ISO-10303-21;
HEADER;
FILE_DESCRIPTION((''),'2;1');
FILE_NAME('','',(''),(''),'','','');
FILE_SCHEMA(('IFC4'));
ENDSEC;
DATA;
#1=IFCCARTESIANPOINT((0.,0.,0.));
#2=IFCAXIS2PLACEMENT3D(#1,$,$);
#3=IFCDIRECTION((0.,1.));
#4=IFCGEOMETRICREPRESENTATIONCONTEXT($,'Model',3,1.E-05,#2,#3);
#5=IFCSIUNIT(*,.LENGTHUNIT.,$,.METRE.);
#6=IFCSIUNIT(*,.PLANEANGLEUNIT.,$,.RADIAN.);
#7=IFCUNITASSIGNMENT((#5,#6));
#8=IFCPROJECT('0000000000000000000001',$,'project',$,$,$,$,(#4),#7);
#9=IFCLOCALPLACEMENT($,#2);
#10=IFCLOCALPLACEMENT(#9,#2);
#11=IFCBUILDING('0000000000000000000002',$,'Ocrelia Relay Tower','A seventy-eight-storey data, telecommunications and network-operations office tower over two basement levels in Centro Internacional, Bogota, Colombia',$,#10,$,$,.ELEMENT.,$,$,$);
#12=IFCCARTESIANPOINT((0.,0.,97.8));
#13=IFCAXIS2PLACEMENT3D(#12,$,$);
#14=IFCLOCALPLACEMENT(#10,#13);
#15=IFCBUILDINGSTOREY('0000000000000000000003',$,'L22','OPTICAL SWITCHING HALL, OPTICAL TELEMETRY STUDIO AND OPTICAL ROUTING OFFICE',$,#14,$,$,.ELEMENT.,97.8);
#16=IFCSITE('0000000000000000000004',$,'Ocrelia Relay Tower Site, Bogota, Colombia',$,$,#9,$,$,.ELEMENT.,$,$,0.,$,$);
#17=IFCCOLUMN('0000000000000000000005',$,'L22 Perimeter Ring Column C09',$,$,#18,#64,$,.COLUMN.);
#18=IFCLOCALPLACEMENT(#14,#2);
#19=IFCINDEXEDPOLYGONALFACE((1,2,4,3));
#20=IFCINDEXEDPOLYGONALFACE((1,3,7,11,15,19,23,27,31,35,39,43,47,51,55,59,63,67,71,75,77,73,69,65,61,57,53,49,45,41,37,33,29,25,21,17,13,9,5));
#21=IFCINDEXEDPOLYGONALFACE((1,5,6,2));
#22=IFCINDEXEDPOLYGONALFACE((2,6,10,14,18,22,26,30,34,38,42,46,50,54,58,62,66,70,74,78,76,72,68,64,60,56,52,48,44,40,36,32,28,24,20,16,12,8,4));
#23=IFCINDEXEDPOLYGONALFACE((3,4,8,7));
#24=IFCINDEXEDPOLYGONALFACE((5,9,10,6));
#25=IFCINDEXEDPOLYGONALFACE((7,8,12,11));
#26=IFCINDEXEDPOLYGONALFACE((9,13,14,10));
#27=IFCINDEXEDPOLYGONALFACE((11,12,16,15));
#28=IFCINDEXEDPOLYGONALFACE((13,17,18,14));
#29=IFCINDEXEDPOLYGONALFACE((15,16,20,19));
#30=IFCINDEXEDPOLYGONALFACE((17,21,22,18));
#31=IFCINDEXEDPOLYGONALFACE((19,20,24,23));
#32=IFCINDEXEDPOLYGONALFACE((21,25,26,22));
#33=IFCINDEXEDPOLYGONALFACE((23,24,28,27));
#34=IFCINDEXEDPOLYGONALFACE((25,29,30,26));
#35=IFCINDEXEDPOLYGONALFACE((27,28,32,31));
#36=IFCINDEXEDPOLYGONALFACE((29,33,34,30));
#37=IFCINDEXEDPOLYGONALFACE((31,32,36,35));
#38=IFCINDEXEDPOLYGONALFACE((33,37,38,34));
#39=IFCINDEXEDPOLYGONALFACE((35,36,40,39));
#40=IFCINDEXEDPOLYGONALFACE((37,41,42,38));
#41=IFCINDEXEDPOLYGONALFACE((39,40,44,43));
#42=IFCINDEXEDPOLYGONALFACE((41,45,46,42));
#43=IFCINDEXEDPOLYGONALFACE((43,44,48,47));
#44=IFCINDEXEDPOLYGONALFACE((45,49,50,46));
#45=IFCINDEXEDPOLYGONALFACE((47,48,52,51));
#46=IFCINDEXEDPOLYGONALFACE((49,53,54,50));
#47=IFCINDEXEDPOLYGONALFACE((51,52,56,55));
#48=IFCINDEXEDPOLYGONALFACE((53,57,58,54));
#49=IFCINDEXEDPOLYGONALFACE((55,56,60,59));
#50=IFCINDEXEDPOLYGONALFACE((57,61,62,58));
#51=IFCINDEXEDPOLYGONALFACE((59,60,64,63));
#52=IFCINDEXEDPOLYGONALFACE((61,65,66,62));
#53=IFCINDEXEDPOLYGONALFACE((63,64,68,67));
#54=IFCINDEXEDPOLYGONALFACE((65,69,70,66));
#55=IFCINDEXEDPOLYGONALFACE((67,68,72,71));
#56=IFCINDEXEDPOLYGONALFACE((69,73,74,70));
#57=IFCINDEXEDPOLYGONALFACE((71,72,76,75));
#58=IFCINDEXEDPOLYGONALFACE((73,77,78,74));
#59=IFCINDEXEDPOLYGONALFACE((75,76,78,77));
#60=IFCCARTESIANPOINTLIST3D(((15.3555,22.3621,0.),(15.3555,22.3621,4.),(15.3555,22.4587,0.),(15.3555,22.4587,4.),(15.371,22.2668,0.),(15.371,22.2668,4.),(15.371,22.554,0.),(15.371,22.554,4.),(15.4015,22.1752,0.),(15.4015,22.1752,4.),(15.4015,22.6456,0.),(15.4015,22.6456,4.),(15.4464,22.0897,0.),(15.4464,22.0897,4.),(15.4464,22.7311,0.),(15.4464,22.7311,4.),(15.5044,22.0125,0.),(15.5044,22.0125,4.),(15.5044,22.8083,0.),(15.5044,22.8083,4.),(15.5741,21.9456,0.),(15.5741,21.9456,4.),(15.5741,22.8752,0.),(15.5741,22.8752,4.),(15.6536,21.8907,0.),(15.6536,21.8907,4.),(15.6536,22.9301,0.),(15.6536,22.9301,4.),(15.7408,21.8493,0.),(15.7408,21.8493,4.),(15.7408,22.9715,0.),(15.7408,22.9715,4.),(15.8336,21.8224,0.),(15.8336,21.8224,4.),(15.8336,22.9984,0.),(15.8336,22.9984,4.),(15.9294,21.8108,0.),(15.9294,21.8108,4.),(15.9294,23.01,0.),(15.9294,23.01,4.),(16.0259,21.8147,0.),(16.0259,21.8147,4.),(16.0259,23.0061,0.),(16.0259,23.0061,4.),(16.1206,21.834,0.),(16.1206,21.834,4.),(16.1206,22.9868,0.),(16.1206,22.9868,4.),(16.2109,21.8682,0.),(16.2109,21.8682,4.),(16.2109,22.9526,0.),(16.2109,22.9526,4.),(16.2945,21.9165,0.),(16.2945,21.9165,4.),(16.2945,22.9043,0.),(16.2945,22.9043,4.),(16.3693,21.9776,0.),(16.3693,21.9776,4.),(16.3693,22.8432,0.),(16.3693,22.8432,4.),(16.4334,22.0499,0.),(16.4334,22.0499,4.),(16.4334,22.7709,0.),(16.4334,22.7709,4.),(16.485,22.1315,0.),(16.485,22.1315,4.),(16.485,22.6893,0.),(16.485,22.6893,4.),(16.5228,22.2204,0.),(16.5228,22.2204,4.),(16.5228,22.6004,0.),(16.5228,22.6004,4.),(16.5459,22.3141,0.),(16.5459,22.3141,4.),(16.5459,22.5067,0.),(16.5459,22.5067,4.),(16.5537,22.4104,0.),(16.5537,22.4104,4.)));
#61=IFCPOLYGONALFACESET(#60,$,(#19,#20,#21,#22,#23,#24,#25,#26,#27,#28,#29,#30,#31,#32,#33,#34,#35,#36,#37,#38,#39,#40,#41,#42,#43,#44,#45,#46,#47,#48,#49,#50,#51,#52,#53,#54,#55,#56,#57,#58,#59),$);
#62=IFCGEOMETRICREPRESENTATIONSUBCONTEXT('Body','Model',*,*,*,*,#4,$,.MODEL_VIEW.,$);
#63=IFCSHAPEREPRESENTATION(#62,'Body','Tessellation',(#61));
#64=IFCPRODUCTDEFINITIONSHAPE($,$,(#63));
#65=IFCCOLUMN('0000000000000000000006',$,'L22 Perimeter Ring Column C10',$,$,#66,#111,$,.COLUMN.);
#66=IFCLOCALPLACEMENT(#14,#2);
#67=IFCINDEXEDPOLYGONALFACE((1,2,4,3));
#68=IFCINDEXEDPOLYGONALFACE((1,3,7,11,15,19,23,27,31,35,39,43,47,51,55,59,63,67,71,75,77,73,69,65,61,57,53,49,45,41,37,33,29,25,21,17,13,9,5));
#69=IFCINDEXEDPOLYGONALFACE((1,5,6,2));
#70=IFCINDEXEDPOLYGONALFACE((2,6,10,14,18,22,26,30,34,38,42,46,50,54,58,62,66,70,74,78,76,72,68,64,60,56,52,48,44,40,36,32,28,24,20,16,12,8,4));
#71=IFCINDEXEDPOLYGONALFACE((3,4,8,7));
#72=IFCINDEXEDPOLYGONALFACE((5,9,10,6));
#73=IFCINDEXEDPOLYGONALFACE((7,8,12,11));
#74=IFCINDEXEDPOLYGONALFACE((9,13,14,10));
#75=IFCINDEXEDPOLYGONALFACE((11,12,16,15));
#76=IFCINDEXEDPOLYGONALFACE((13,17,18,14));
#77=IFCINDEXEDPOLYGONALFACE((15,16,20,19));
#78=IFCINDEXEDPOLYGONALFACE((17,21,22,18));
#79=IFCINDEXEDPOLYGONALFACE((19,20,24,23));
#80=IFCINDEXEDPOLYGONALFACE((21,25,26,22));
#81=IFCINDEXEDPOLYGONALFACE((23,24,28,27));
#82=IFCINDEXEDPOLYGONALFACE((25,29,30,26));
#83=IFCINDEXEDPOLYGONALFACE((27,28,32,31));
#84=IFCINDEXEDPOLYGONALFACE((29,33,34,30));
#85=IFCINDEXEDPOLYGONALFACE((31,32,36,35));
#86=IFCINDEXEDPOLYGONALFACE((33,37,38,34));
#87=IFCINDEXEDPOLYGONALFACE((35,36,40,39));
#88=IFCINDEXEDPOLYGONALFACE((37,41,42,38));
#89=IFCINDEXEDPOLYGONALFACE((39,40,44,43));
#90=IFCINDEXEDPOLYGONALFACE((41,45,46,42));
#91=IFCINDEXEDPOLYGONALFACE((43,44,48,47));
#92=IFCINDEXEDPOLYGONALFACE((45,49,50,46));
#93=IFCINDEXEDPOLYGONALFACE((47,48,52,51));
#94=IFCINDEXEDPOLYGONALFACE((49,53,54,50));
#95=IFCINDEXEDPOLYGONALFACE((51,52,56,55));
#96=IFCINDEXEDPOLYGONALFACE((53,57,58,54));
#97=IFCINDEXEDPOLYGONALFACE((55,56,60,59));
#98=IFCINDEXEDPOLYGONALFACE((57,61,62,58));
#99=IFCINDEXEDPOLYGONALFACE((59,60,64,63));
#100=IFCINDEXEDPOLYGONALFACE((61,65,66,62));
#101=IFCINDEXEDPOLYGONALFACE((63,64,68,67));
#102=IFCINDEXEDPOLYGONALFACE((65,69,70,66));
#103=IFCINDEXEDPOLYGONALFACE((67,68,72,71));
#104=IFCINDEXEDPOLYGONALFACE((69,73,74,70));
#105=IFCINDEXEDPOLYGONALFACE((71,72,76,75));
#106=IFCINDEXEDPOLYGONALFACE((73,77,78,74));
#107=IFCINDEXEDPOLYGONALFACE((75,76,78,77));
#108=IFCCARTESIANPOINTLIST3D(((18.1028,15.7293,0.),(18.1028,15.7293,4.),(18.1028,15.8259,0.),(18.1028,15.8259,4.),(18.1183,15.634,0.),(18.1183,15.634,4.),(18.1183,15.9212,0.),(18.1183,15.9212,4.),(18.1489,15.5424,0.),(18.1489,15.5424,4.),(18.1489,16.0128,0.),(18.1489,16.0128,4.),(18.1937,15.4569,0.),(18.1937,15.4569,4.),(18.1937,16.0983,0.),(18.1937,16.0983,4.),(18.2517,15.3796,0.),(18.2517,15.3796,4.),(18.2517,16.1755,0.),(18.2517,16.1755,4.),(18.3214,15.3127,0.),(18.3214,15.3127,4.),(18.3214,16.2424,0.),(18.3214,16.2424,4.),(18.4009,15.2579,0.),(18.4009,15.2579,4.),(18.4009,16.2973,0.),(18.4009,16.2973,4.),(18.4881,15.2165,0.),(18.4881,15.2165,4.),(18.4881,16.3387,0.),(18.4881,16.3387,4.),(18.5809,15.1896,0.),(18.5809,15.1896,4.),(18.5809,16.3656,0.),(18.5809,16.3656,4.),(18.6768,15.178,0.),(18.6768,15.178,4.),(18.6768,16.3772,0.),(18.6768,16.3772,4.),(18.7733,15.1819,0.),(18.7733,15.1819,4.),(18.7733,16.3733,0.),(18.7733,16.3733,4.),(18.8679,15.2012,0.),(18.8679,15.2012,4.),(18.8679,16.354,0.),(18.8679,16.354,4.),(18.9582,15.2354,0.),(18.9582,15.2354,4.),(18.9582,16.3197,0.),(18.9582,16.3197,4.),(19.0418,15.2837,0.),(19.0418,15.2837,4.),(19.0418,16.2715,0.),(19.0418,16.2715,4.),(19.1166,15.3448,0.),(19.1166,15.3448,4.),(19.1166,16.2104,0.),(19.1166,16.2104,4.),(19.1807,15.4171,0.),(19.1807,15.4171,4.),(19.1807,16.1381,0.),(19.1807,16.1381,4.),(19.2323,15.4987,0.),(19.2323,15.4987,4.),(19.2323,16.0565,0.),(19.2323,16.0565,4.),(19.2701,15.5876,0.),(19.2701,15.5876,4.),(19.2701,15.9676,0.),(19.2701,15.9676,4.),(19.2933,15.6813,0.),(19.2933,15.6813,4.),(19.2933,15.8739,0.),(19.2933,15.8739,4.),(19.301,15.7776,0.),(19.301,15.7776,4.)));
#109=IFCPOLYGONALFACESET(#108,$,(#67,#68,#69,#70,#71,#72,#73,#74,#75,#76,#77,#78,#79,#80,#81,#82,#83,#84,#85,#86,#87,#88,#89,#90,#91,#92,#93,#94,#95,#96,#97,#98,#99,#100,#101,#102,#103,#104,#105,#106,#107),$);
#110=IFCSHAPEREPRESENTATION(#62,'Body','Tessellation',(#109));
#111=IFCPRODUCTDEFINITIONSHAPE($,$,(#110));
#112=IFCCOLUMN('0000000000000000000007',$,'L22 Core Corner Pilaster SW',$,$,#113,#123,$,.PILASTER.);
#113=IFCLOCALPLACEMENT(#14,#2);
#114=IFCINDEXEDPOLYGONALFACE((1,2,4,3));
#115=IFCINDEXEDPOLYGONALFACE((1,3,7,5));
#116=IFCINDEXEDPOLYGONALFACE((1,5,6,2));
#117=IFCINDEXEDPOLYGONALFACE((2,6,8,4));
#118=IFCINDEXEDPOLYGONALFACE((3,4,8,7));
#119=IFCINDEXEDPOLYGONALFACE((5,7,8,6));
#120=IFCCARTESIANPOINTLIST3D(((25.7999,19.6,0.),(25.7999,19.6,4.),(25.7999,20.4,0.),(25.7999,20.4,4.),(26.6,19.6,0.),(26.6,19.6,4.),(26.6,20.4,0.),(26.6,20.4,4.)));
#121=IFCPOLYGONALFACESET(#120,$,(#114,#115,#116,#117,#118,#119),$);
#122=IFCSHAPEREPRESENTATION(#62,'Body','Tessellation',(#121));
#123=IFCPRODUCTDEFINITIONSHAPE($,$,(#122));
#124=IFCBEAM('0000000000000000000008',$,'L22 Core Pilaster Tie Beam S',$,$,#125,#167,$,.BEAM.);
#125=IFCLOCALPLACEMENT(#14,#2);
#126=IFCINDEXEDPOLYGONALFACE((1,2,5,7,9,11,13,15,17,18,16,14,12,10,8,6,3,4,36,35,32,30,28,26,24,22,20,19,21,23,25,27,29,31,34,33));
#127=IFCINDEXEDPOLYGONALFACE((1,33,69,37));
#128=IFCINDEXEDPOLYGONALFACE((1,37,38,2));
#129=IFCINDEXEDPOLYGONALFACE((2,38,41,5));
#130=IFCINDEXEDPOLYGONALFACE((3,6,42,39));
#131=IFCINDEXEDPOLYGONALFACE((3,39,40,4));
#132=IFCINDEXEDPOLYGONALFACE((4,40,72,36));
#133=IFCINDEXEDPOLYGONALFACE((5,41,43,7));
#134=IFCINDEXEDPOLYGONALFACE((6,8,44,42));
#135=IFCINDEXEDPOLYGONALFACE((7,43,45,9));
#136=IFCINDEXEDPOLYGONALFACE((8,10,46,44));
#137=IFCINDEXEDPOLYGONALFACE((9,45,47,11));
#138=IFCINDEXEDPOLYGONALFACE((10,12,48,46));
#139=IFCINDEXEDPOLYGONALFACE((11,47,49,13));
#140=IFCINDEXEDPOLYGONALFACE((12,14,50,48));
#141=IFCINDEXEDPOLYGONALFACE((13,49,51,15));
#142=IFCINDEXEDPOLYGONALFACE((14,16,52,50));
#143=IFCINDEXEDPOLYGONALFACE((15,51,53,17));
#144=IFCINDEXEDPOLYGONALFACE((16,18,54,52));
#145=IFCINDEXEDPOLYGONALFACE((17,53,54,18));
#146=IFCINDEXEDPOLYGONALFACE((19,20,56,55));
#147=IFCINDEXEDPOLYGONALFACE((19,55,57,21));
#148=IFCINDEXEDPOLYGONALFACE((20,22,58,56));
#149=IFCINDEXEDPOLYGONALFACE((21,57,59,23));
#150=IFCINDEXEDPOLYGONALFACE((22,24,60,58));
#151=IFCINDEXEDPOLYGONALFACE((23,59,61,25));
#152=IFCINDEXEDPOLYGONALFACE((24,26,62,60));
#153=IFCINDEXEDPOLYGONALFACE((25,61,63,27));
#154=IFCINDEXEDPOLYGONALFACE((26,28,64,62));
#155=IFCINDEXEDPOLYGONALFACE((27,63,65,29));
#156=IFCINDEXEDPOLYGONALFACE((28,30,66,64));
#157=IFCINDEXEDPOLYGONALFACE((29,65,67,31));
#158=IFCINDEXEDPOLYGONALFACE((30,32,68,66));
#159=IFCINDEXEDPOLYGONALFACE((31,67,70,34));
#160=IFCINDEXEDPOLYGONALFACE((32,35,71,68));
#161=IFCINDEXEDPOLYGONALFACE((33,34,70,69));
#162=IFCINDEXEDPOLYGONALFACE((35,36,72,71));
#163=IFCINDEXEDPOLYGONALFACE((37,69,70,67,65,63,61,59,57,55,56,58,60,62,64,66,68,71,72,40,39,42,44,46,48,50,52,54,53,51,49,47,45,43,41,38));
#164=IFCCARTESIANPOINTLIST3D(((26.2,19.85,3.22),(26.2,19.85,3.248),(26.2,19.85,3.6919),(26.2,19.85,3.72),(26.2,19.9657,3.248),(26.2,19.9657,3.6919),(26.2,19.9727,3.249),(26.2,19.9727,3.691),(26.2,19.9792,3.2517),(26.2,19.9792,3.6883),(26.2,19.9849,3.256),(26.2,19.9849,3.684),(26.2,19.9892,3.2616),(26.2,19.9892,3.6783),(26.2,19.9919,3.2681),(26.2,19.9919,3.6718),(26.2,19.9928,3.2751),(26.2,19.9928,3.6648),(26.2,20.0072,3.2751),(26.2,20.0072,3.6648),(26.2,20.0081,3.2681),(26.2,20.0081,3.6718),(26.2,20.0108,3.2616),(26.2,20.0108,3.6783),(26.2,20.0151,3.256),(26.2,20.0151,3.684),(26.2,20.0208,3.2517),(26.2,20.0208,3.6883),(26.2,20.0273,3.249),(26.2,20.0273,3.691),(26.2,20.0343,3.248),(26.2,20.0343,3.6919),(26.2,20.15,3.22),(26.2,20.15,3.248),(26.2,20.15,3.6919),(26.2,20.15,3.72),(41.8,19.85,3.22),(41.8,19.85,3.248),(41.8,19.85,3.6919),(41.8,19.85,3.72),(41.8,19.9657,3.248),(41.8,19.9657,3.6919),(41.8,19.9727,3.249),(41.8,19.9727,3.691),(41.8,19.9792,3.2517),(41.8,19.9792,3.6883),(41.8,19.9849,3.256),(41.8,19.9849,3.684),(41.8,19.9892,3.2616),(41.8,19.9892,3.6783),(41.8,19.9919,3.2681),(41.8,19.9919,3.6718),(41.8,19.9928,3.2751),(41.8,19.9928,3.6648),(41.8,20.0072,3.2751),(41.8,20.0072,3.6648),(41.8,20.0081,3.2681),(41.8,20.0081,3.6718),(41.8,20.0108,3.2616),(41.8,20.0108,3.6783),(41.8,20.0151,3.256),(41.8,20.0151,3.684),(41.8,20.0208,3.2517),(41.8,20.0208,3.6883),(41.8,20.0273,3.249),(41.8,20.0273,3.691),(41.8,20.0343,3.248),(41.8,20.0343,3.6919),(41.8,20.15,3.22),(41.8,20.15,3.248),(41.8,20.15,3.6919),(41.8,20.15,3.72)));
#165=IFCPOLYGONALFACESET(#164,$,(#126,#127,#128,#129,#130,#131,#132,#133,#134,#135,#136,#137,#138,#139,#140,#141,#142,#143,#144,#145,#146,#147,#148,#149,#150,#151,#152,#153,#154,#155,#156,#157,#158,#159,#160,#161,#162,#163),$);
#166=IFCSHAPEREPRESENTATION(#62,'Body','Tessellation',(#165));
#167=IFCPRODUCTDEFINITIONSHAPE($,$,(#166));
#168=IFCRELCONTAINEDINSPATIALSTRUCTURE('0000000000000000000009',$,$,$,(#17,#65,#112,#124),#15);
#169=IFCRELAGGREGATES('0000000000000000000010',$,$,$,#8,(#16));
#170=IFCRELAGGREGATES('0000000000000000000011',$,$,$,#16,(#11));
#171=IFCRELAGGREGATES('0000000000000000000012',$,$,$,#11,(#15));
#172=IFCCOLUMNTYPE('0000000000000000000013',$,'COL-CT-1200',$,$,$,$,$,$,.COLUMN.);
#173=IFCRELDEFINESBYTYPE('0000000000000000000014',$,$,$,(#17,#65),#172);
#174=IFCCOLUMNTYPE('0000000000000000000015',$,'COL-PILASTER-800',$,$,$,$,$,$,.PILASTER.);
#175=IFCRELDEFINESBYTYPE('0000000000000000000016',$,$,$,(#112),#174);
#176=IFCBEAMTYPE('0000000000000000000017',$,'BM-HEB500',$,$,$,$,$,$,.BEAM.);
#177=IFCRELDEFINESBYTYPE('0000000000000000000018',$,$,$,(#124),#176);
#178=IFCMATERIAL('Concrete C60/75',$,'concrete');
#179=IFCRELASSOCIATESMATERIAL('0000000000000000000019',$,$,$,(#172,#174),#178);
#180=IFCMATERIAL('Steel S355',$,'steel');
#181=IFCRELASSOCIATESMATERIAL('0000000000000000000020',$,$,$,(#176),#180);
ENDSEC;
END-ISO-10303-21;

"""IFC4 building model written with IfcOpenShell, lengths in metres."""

from ifc_helpers import new_model, si_unit, direction, frame, origin, origin_2d, place, context, subcontext, project, spatial, rectangle, circle, i_section, extrude, material, material_profile, profile_set, type_object, element, save


model = new_model("IFC4")

# Units and contexts
model_context = context("Model", 3, precision=1e-05, world=origin(), true_north=direction((0.0, 1.0)))
body_context = subcontext(model_context, "Body", "Model", "MODEL_VIEW")
ifc_project = project(units=[si_unit("LENGTHUNIT", "METRE"), si_unit("PLANEANGLEUNIT", "RADIAN")], contexts=[model_context])

# Site, building, storey
site_placement = place(None, origin())
site = spatial("IfcSite", under=ifc_project, at=site_placement, Name="Ocrelia Relay Tower Site, Bogota, Colombia", CompositionType="ELEMENT", RefElevation=0.0)
building_placement = place(site_placement, origin())
building = spatial("IfcBuilding", under=site, at=building_placement, Name="Ocrelia Relay Tower", Description="A seventy-eight-storey data, telecommunications and network-operations office tower over two basement levels in Centro Internacional, Bogota, Colombia", CompositionType="ELEMENT")
storey_placement = place(building_placement, frame((0.0, 0.0, 97.8)))
storey = spatial("IfcBuildingStorey", under=building, at=storey_placement, Name="L22", Description="OPTICAL SWITCHING HALL, OPTICAL TELEMETRY STUDIO AND OPTICAL ROUTING OFFICE", CompositionType="ELEMENT", Elevation=97.8)

# Columns
ifc_material_1 = material(Name="Concrete C60/75", Category="concrete")
ifc_material_profile_1 = material_profile(ifc_material_1, circle(Radius=0.6001, at=origin_2d()), Name="RC-CIR-1200")
ifc_profile_set_1 = profile_set([ifc_material_profile_1], Name="Concrete C60/75")
column_type_1 = type_object("IfcColumnType", Name="COL-CT-1200", PredefinedType="COLUMN", material=ifc_profile_set_1)
for number, where, z_axis, x_axis, name in (
    (1, (15.9536, 22.4104, 0.0), (0.0, 0.0, 1.0), (1.0, 0.0, 0.0), "L22 Perimeter Ring Column C09"),
    (2, (18.7009, 15.7776, 0.0), (0.0, 0.0, 1.0), (1.0, 0.0, 0.0), "L22 Perimeter Ring Column C10"),
):
    element("IfcColumn", number, at=place(storey_placement, frame(where, z_axis=z_axis, x_axis=x_axis)), inside=storey, type_object=column_type_1, Name=name, PredefinedType="COLUMN", context=body_context, shape_type="SweptSolid", body=[
        extrude(circle(Radius=0.6001, at=origin_2d()), origin(), (0.0, 0.0, 1.0), 4.0),
    ])
ifc_material_profile_2 = material_profile(ifc_material_1, rectangle(XDim=0.8, YDim=0.8, at=origin_2d()), Name="RC-COL-800x800")
ifc_profile_set_2 = profile_set([ifc_material_profile_2], Name="Concrete C60/75")
column_type_2 = type_object("IfcColumnType", Name="COL-PILASTER-800", PredefinedType="PILASTER", material=ifc_profile_set_2)
column_placement = place(storey_placement, frame((26.2, 20.0, 0.0), z_axis=(0.0, 0.0, 1.0), x_axis=(1.0, 0.0, 0.0)))
element("IfcColumn", 3, at=column_placement, inside=storey, type_object=column_type_2, Name="L22 Core Corner Pilaster SW", PredefinedType="PILASTER", context=body_context, shape_type="SweptSolid", body=[
    extrude(rectangle(XDim=0.8, YDim=0.8, at=origin_2d()), origin(), (0.0, 0.0, 1.0), 4.0),
])

# Beam
ifc_material_2 = material(Name="Steel S355", Category="steel")
ifc_material_profile_3 = material_profile(ifc_material_2, i_section(OverallWidth=0.3, OverallDepth=0.5, WebThickness=0.0144, FlangeThickness=0.0281, FilletRadius=0.0271, at=origin_2d()), Name="HEB 500")
ifc_profile_set_3 = profile_set([ifc_material_profile_3], Name="Steel S355")
beam_type_1 = type_object("IfcBeamType", Name="BM-HEB500", PredefinedType="BEAM", material=ifc_profile_set_3)
beam_1_placement = place(storey_placement, frame((26.2, 20.0, 3.47), z_axis=(1.0, 0.0, 0.0), x_axis=(0.0, 1.0, 0.0)))
element("IfcBeam", 4, at=beam_1_placement, inside=storey, type_object=beam_type_1, Name="L22 Core Pilaster Tie Beam S", PredefinedType="BEAM", context=body_context, shape_type="SweptSolid", body=[
    extrude(i_section(OverallWidth=0.3, OverallDepth=0.5, WebThickness=0.0144, FlangeThickness=0.0281, FilletRadius=0.0271, at=origin_2d()), origin(), (0.0, 0.0, 1.0), 15.6001),
])

save(model, "model.ifc")
